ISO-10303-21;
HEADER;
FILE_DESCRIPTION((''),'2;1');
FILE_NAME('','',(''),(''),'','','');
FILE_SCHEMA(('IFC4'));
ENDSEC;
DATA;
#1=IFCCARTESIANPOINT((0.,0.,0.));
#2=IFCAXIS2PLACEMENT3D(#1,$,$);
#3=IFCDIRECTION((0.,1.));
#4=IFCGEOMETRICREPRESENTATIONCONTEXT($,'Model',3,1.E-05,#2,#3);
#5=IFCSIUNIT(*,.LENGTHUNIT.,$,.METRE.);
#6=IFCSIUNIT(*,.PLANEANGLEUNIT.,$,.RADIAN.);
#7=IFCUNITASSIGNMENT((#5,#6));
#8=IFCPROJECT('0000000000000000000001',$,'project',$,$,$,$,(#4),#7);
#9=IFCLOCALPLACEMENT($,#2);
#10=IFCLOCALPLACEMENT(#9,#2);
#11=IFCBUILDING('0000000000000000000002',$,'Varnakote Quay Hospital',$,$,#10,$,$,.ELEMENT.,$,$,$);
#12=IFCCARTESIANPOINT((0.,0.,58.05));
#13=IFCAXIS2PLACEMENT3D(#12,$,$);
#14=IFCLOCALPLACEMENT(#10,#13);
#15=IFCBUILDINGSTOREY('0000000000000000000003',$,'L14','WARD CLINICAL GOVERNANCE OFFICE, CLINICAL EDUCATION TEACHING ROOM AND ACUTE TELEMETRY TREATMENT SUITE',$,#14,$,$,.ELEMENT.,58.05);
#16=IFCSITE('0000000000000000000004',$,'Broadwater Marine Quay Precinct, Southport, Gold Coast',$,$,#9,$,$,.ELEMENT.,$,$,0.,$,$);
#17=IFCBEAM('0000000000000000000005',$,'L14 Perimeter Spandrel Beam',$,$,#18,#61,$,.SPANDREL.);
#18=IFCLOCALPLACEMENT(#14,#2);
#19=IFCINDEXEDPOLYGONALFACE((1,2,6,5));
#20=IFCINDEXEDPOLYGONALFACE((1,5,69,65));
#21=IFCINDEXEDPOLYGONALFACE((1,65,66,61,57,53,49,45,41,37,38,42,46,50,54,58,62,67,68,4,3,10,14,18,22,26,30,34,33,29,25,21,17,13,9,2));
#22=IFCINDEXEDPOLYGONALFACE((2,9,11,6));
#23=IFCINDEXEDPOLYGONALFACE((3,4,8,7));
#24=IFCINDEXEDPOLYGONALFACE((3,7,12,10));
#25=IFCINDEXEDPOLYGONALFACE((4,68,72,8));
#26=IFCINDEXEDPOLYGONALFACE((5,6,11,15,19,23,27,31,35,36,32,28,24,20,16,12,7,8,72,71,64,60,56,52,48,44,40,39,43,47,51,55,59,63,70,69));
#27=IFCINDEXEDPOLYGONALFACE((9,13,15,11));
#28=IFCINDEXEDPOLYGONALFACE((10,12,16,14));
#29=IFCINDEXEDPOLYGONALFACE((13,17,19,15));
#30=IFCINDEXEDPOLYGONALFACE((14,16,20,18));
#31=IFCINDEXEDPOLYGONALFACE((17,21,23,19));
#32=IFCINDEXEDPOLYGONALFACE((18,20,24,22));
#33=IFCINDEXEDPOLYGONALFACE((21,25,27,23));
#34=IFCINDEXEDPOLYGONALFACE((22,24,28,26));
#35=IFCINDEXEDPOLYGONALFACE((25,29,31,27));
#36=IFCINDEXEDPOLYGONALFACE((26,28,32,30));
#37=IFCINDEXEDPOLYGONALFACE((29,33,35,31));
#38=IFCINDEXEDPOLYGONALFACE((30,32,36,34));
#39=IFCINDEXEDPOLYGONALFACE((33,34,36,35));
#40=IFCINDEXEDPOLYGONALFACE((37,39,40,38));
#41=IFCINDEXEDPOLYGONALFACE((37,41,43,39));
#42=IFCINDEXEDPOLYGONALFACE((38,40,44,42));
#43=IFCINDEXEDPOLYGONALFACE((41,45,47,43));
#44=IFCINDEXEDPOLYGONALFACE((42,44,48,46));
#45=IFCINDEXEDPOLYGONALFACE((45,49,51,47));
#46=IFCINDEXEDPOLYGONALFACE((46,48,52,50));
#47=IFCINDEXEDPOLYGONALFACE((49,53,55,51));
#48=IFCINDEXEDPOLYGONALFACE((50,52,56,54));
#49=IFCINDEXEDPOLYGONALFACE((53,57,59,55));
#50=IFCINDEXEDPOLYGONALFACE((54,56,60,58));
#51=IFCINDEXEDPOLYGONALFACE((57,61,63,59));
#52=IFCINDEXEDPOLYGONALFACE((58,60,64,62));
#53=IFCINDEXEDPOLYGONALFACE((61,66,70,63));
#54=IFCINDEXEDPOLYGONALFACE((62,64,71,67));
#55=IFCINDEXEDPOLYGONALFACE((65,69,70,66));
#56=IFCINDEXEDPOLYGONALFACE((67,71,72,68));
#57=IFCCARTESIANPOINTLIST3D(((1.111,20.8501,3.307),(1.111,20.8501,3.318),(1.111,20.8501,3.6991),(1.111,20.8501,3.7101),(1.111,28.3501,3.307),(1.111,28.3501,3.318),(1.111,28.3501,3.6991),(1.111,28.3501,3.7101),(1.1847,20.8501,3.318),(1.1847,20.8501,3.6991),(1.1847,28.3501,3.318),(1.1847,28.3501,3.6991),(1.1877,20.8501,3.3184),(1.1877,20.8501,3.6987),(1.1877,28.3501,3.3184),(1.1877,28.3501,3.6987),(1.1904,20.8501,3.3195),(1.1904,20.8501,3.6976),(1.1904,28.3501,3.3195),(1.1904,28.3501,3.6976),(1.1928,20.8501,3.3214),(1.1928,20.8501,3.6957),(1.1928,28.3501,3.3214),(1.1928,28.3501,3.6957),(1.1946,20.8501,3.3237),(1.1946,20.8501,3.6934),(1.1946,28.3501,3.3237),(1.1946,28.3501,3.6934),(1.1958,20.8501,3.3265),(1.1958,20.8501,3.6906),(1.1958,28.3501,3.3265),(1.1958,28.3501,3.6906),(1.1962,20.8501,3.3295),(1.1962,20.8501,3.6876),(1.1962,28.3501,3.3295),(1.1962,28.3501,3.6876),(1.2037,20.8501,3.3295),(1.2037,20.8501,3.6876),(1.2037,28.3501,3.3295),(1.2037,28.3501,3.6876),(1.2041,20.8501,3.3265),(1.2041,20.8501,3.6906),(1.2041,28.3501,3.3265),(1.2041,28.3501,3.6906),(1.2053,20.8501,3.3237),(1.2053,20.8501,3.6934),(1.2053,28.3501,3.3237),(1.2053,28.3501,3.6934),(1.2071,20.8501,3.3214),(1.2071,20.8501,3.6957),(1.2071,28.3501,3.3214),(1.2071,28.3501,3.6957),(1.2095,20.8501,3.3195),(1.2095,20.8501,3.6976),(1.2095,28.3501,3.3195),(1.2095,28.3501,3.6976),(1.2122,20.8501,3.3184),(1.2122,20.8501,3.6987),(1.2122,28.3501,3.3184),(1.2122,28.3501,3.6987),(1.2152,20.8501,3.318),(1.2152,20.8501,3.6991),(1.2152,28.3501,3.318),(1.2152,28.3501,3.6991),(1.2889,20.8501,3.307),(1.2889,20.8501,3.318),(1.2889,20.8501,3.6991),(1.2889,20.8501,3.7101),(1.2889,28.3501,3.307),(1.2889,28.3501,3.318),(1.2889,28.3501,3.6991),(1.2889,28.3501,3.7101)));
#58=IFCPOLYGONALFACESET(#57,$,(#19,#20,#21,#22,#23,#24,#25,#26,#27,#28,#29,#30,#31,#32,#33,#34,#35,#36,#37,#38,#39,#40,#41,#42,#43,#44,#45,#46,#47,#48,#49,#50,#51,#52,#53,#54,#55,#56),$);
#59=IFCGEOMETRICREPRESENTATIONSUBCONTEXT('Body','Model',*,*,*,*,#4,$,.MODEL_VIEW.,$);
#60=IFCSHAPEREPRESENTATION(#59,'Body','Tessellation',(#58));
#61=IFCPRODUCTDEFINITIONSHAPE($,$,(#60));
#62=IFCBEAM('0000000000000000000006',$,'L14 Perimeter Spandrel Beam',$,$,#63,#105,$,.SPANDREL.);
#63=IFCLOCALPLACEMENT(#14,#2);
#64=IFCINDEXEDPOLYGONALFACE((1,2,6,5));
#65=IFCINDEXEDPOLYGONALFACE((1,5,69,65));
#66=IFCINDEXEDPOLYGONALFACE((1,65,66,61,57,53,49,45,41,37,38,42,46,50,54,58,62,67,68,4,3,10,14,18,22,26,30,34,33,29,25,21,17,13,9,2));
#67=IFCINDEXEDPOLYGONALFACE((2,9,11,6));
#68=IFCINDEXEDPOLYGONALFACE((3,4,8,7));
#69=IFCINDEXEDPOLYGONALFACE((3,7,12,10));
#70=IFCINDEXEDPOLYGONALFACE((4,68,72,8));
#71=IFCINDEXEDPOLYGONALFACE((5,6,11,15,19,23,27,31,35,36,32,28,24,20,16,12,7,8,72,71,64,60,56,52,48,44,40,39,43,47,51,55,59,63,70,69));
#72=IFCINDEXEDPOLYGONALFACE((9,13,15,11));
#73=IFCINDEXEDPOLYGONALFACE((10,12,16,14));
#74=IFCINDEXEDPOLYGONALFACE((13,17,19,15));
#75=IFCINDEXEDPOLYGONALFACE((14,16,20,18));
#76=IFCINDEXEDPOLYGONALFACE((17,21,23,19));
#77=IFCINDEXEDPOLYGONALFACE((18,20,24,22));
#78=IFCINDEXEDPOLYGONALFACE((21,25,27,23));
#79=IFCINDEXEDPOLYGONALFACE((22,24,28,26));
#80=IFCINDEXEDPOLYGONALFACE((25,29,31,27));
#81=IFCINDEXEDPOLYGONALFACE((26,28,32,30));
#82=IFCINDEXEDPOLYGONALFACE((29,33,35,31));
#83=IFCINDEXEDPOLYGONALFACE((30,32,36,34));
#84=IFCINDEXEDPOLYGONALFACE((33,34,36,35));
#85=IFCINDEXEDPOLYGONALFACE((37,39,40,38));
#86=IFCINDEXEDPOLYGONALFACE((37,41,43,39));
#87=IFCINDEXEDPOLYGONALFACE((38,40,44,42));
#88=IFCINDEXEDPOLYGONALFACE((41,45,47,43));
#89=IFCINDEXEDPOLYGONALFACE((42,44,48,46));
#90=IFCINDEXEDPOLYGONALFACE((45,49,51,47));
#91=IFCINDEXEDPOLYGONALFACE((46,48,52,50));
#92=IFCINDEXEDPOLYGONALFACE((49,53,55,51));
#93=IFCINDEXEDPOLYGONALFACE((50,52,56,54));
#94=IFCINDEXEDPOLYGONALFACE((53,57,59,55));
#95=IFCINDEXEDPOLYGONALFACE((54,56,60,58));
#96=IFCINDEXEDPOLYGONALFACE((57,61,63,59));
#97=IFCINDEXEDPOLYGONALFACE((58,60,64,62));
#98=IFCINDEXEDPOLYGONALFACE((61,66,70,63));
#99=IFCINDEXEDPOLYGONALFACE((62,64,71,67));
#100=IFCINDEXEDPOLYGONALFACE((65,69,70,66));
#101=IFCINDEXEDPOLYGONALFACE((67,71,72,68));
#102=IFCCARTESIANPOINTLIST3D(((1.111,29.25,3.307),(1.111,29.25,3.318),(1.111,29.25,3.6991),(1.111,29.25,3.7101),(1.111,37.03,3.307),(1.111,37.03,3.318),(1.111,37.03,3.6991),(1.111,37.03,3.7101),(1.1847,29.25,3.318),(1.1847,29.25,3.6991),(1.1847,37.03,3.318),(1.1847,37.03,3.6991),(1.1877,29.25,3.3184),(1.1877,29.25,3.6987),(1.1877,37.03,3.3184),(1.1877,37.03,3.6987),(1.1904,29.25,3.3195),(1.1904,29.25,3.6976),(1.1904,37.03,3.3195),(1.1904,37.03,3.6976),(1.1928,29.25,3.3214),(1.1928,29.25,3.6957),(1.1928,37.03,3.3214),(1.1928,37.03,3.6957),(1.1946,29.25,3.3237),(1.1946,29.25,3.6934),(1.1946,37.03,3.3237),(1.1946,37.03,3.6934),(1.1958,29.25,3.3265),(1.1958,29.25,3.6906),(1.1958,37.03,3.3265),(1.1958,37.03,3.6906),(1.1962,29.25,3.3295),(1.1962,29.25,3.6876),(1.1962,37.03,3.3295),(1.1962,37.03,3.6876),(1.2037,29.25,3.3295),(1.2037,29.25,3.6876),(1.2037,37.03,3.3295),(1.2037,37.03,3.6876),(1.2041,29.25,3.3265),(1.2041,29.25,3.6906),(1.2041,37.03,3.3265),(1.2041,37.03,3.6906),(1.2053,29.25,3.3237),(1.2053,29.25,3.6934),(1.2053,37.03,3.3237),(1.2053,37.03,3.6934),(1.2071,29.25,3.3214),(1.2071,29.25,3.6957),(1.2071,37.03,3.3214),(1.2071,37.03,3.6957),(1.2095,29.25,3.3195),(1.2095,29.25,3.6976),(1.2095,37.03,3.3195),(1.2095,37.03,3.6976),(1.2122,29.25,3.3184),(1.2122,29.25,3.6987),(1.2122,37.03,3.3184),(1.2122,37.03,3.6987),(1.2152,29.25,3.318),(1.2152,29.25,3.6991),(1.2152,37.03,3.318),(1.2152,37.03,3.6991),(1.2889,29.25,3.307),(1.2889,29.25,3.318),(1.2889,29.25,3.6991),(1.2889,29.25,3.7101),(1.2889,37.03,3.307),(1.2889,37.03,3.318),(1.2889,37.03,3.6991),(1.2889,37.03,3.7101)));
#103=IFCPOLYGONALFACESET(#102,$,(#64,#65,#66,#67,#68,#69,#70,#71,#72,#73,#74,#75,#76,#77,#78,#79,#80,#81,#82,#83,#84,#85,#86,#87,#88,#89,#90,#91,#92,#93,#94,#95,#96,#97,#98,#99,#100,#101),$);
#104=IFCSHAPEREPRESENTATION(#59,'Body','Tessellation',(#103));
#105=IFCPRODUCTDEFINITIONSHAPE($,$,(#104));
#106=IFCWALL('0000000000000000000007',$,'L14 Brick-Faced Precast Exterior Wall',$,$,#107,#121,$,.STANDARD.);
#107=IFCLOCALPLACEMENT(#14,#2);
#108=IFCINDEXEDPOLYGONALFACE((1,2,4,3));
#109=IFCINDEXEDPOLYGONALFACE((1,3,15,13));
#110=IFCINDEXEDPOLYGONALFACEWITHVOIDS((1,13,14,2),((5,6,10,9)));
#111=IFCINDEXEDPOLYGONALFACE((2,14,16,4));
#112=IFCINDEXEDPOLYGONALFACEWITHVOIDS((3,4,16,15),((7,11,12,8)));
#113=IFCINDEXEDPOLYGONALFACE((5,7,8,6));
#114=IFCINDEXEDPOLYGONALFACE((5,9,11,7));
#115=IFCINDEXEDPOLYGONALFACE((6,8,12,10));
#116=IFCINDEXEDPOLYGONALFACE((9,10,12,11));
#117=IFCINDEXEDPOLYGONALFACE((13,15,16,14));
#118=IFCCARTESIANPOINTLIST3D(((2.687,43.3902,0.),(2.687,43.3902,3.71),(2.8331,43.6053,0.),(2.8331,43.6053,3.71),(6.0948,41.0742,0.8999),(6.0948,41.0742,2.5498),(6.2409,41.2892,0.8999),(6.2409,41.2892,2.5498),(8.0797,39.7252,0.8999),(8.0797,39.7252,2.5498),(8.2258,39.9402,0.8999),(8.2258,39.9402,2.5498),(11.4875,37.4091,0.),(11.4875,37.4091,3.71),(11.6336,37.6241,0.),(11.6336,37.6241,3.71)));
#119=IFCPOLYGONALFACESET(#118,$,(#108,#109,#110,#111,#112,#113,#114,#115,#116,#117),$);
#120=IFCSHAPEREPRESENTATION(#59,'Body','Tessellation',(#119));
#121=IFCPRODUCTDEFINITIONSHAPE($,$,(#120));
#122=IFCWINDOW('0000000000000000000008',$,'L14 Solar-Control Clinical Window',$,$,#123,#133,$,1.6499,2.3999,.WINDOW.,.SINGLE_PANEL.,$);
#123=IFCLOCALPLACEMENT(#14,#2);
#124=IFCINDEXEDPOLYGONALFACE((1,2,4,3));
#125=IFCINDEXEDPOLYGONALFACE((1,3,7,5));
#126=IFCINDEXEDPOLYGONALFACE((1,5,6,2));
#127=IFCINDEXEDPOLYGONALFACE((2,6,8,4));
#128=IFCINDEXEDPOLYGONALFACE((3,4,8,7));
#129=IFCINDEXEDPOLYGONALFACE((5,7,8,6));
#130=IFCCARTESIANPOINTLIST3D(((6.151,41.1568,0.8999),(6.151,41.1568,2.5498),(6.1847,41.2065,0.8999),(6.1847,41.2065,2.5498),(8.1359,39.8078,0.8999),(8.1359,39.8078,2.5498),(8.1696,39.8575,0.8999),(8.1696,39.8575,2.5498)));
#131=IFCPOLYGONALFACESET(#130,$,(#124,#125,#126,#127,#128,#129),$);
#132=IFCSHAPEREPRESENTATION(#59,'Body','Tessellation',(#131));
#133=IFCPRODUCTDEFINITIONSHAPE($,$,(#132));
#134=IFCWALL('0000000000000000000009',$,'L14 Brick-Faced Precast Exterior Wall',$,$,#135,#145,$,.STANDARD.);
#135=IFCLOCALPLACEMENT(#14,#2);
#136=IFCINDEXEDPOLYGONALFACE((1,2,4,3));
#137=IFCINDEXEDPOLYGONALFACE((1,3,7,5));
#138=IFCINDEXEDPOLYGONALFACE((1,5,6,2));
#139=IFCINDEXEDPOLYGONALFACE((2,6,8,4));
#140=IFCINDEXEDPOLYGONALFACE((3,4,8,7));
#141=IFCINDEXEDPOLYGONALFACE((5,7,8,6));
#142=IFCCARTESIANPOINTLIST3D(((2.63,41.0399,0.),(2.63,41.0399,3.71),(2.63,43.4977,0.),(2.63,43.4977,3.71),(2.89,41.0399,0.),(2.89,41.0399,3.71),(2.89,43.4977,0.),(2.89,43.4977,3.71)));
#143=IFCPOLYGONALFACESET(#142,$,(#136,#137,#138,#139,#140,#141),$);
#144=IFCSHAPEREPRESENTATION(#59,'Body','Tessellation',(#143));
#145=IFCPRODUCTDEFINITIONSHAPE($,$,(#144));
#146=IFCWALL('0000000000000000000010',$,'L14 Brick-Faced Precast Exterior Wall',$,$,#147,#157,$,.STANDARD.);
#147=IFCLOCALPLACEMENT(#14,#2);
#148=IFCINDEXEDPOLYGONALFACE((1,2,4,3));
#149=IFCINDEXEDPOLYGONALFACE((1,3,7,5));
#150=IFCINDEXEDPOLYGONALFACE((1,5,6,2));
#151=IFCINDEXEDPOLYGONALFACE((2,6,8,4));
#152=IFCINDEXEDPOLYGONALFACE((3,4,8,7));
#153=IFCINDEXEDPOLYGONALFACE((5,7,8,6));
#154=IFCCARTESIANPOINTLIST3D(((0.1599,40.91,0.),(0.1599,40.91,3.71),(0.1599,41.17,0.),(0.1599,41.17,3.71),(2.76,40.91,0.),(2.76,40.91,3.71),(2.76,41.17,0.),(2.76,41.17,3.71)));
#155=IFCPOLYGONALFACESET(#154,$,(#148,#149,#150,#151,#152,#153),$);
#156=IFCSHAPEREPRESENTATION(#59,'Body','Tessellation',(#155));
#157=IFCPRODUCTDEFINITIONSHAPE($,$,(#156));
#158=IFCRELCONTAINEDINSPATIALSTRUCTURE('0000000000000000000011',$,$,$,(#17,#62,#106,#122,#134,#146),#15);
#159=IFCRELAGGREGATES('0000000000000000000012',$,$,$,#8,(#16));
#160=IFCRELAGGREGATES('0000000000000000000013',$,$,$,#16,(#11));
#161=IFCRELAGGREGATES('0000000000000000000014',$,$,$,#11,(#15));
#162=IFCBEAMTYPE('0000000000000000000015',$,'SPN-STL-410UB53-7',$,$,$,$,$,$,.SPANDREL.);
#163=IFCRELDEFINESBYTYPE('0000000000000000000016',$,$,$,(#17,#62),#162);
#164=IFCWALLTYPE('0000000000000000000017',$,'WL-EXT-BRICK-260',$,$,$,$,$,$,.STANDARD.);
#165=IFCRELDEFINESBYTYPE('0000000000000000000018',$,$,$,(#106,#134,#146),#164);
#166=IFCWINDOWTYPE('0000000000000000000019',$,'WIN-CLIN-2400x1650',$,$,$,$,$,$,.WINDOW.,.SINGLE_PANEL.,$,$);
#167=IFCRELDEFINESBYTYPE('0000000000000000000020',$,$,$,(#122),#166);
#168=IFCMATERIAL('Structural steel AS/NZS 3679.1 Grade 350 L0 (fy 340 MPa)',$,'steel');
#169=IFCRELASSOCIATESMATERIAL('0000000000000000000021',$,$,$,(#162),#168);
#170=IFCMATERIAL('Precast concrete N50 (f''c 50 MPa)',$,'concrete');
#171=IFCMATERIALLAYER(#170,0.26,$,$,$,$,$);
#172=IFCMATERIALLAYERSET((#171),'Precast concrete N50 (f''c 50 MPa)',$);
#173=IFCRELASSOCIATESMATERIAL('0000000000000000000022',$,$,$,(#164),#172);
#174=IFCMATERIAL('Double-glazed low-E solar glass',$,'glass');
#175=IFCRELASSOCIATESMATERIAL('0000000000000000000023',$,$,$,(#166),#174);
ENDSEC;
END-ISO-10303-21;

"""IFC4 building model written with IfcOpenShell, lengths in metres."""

from ifc_helpers import new_model, si_unit, direction, frame, frame_2d, origin, origin_2d, place, context, subcontext, project, spatial, rectangle, i_section, extrude, material, layer, layer_set, material_profile, profile_set, type_object, element, fill, save


model = new_model("IFC4")

# Units and contexts
model_context = context("Model", 3, precision=1e-05, world=origin(), true_north=direction((0.0, 1.0)))
body_context = subcontext(model_context, "Body", "Model", "MODEL_VIEW")
ifc_project = project(units=[si_unit("LENGTHUNIT", "METRE"), si_unit("PLANEANGLEUNIT", "RADIAN")], contexts=[model_context])

# Site, building, storey
site_placement = place(None, origin())
site = spatial("IfcSite", under=ifc_project, at=site_placement, Name="Broadwater Marine Quay Precinct, Southport, Gold Coast", CompositionType="ELEMENT", RefElevation=0.0)
building_placement = place(site_placement, origin())
building = spatial("IfcBuilding", under=site, at=building_placement, Name="Varnakote Quay Hospital", CompositionType="ELEMENT")
storey_placement = place(building_placement, frame((0.0, 0.0, 58.05)))
storey = spatial("IfcBuildingStorey", under=building, at=storey_placement, Name="L14", Description="WARD CLINICAL GOVERNANCE OFFICE, CLINICAL EDUCATION TEACHING ROOM AND ACUTE TELEMETRY TREATMENT SUITE", CompositionType="ELEMENT", Elevation=58.05)

# Beams
ifc_material_1 = material(Name="Structural steel AS/NZS 3679.1 Grade 350 L0 (fy 340 MPa)", Category="steel")
ifc_material_profile_1 = material_profile(ifc_material_1, i_section(OverallWidth=0.178, OverallDepth=0.4031, WebThickness=0.0076, FlangeThickness=0.011, FilletRadius=0.0115, at=origin_2d()), Name="410UB53.7")
ifc_profile_set_1 = profile_set([ifc_material_profile_1], Name="Structural steel AS/NZS 3679.1 Grade 350 L0 (fy 340 MPa)")
beam_type_1 = type_object("IfcBeamType", Name="SPN-STL-410UB53-7", PredefinedType="SPANDREL", material=ifc_profile_set_1)
beam_1_placement = place(storey_placement, frame((1.2, 20.8501, 3.5085), z_axis=(0.0, 1.0, 0.0), x_axis=(-1.0, 0.0, 0.0)))
element("IfcBeam", 1, at=beam_1_placement, inside=storey, type_object=beam_type_1, Name="L14 Perimeter Spandrel Beam", PredefinedType="SPANDREL", context=body_context, shape_type="SweptSolid", body=[
    extrude(i_section(OverallWidth=0.178, OverallDepth=0.4031, WebThickness=0.0076, FlangeThickness=0.011, FilletRadius=0.0115, at=origin_2d()), origin(), (0.0, 0.0, 1.0), 7.5),
])
beam_2_placement = place(storey_placement, frame((1.2, 29.25, 3.5085), z_axis=(0.0, 1.0, 0.0), x_axis=(-1.0, 0.0, 0.0)))
element("IfcBeam", 2, at=beam_2_placement, inside=storey, type_object=beam_type_1, Name="L14 Perimeter Spandrel Beam", PredefinedType="SPANDREL", context=body_context, shape_type="SweptSolid", body=[
    extrude(i_section(OverallWidth=0.178, OverallDepth=0.4031, WebThickness=0.0076, FlangeThickness=0.011, FilletRadius=0.0115, at=origin_2d()), origin(), (0.0, 0.0, 1.0), 7.78),
])

# Wall, opening, window
ifc_material_2 = material(Name="Precast concrete N50 (f'c 50 MPa)", Category="concrete")
ifc_layer_1 = layer(ifc_material_2, 0.26)
ifc_layer_set_1 = layer_set([ifc_layer_1], Name="Precast concrete N50 (f'c 50 MPa)")
wall_type_1 = type_object("IfcWallType", Name="WL-EXT-BRICK-260", PredefinedType="STANDARD", material=ifc_layer_set_1)
wall_1_placement = place(storey_placement, frame((11.5605, 37.5166, 0.0), z_axis=(0.0, 0.0, 1.0), x_axis=(-0.827065, 0.562107, 0.0)))
wall_1 = element("IfcWall", 3, at=wall_1_placement, inside=storey, type_object=wall_type_1, Name="L14 Brick-Faced Precast Exterior Wall", PredefinedType="STANDARD", context=body_context, shape_type="SweptSolid", body=[
    extrude(rectangle(XDim=10.6406, YDim=0.26, at=frame_2d((5.3203, 0.0))), origin(), (0.0, 0.0, 1.0), 3.71),
])
opening_1_placement = place(wall_1_placement, frame((4.1204, 0.0, 0.8999)))
opening_1 = element("IfcOpeningElement", 4, at=opening_1_placement, cuts=wall_1, PredefinedType="OPENING", context=body_context, shape_type="SweptSolid", body=[
    extrude(rectangle(XDim=2.3999, YDim=1.6499, at=frame_2d((1.2, 0.825))), frame((0.0, 0.1399, 0.0), z_axis=(0.0, -1.0, 0.0), x_axis=(1.0, 0.0, 0.0)), (0.0, 0.0, 1.0), 0.28),
])
ifc_material_3 = material(Name="Double-glazed low-E solar glass", Category="glass")
window_type = type_object("IfcWindowType", Name="WIN-CLIN-2400x1650", PartitioningType="SINGLE_PANEL", PredefinedType="WINDOW", material=ifc_material_3)
window_1_placement = place(opening_1_placement, origin())
window_1 = element("IfcWindow", 5, at=window_1_placement, inside=storey, type_object=window_type, Name="L14 Solar-Control Clinical Window", OverallHeight=1.6499, OverallWidth=2.3999, PartitioningType="SINGLE_PANEL", PredefinedType="WINDOW", context=body_context, shape_type="SweptSolid", body=[
    extrude(rectangle(XDim=2.3999, YDim=1.6499, at=frame_2d((1.2, 0.825))), frame((0.0, 0.03, 0.0), z_axis=(0.0, -1.0, 0.0), x_axis=(1.0, 0.0, 0.0)), (0.0, 0.0, 1.0), 0.0601),
])
fill(opening_1, window_1)

# Walls
wall_2_placement = place(storey_placement, frame((2.76, 43.4978, 0.0), z_axis=(0.0, 0.0, 1.0), x_axis=(0.0, -1.0, 0.0)))
element("IfcWall", 6, at=wall_2_placement, inside=storey, type_object=wall_type_1, Name="L14 Brick-Faced Precast Exterior Wall", PredefinedType="STANDARD", context=body_context, shape_type="SweptSolid", body=[
    extrude(rectangle(XDim=2.4578, YDim=0.26, at=frame_2d((1.229, 0.0))), origin(), (0.0, 0.0, 1.0), 3.71),
])
wall_3_placement = place(storey_placement, frame((2.76, 41.04, 0.0), z_axis=(0.0, 0.0, 1.0), x_axis=(-1.0, 0.0, 0.0)))
element("IfcWall", 7, at=wall_3_placement, inside=storey, type_object=wall_type_1, Name="L14 Brick-Faced Precast Exterior Wall", PredefinedType="STANDARD", context=body_context, shape_type="SweptSolid", body=[
    extrude(rectangle(XDim=2.6001, YDim=0.26, at=frame_2d((1.3, 0.0))), origin(), (0.0, 0.0, 1.0), 3.71),
])

save(model, "model.ifc")
